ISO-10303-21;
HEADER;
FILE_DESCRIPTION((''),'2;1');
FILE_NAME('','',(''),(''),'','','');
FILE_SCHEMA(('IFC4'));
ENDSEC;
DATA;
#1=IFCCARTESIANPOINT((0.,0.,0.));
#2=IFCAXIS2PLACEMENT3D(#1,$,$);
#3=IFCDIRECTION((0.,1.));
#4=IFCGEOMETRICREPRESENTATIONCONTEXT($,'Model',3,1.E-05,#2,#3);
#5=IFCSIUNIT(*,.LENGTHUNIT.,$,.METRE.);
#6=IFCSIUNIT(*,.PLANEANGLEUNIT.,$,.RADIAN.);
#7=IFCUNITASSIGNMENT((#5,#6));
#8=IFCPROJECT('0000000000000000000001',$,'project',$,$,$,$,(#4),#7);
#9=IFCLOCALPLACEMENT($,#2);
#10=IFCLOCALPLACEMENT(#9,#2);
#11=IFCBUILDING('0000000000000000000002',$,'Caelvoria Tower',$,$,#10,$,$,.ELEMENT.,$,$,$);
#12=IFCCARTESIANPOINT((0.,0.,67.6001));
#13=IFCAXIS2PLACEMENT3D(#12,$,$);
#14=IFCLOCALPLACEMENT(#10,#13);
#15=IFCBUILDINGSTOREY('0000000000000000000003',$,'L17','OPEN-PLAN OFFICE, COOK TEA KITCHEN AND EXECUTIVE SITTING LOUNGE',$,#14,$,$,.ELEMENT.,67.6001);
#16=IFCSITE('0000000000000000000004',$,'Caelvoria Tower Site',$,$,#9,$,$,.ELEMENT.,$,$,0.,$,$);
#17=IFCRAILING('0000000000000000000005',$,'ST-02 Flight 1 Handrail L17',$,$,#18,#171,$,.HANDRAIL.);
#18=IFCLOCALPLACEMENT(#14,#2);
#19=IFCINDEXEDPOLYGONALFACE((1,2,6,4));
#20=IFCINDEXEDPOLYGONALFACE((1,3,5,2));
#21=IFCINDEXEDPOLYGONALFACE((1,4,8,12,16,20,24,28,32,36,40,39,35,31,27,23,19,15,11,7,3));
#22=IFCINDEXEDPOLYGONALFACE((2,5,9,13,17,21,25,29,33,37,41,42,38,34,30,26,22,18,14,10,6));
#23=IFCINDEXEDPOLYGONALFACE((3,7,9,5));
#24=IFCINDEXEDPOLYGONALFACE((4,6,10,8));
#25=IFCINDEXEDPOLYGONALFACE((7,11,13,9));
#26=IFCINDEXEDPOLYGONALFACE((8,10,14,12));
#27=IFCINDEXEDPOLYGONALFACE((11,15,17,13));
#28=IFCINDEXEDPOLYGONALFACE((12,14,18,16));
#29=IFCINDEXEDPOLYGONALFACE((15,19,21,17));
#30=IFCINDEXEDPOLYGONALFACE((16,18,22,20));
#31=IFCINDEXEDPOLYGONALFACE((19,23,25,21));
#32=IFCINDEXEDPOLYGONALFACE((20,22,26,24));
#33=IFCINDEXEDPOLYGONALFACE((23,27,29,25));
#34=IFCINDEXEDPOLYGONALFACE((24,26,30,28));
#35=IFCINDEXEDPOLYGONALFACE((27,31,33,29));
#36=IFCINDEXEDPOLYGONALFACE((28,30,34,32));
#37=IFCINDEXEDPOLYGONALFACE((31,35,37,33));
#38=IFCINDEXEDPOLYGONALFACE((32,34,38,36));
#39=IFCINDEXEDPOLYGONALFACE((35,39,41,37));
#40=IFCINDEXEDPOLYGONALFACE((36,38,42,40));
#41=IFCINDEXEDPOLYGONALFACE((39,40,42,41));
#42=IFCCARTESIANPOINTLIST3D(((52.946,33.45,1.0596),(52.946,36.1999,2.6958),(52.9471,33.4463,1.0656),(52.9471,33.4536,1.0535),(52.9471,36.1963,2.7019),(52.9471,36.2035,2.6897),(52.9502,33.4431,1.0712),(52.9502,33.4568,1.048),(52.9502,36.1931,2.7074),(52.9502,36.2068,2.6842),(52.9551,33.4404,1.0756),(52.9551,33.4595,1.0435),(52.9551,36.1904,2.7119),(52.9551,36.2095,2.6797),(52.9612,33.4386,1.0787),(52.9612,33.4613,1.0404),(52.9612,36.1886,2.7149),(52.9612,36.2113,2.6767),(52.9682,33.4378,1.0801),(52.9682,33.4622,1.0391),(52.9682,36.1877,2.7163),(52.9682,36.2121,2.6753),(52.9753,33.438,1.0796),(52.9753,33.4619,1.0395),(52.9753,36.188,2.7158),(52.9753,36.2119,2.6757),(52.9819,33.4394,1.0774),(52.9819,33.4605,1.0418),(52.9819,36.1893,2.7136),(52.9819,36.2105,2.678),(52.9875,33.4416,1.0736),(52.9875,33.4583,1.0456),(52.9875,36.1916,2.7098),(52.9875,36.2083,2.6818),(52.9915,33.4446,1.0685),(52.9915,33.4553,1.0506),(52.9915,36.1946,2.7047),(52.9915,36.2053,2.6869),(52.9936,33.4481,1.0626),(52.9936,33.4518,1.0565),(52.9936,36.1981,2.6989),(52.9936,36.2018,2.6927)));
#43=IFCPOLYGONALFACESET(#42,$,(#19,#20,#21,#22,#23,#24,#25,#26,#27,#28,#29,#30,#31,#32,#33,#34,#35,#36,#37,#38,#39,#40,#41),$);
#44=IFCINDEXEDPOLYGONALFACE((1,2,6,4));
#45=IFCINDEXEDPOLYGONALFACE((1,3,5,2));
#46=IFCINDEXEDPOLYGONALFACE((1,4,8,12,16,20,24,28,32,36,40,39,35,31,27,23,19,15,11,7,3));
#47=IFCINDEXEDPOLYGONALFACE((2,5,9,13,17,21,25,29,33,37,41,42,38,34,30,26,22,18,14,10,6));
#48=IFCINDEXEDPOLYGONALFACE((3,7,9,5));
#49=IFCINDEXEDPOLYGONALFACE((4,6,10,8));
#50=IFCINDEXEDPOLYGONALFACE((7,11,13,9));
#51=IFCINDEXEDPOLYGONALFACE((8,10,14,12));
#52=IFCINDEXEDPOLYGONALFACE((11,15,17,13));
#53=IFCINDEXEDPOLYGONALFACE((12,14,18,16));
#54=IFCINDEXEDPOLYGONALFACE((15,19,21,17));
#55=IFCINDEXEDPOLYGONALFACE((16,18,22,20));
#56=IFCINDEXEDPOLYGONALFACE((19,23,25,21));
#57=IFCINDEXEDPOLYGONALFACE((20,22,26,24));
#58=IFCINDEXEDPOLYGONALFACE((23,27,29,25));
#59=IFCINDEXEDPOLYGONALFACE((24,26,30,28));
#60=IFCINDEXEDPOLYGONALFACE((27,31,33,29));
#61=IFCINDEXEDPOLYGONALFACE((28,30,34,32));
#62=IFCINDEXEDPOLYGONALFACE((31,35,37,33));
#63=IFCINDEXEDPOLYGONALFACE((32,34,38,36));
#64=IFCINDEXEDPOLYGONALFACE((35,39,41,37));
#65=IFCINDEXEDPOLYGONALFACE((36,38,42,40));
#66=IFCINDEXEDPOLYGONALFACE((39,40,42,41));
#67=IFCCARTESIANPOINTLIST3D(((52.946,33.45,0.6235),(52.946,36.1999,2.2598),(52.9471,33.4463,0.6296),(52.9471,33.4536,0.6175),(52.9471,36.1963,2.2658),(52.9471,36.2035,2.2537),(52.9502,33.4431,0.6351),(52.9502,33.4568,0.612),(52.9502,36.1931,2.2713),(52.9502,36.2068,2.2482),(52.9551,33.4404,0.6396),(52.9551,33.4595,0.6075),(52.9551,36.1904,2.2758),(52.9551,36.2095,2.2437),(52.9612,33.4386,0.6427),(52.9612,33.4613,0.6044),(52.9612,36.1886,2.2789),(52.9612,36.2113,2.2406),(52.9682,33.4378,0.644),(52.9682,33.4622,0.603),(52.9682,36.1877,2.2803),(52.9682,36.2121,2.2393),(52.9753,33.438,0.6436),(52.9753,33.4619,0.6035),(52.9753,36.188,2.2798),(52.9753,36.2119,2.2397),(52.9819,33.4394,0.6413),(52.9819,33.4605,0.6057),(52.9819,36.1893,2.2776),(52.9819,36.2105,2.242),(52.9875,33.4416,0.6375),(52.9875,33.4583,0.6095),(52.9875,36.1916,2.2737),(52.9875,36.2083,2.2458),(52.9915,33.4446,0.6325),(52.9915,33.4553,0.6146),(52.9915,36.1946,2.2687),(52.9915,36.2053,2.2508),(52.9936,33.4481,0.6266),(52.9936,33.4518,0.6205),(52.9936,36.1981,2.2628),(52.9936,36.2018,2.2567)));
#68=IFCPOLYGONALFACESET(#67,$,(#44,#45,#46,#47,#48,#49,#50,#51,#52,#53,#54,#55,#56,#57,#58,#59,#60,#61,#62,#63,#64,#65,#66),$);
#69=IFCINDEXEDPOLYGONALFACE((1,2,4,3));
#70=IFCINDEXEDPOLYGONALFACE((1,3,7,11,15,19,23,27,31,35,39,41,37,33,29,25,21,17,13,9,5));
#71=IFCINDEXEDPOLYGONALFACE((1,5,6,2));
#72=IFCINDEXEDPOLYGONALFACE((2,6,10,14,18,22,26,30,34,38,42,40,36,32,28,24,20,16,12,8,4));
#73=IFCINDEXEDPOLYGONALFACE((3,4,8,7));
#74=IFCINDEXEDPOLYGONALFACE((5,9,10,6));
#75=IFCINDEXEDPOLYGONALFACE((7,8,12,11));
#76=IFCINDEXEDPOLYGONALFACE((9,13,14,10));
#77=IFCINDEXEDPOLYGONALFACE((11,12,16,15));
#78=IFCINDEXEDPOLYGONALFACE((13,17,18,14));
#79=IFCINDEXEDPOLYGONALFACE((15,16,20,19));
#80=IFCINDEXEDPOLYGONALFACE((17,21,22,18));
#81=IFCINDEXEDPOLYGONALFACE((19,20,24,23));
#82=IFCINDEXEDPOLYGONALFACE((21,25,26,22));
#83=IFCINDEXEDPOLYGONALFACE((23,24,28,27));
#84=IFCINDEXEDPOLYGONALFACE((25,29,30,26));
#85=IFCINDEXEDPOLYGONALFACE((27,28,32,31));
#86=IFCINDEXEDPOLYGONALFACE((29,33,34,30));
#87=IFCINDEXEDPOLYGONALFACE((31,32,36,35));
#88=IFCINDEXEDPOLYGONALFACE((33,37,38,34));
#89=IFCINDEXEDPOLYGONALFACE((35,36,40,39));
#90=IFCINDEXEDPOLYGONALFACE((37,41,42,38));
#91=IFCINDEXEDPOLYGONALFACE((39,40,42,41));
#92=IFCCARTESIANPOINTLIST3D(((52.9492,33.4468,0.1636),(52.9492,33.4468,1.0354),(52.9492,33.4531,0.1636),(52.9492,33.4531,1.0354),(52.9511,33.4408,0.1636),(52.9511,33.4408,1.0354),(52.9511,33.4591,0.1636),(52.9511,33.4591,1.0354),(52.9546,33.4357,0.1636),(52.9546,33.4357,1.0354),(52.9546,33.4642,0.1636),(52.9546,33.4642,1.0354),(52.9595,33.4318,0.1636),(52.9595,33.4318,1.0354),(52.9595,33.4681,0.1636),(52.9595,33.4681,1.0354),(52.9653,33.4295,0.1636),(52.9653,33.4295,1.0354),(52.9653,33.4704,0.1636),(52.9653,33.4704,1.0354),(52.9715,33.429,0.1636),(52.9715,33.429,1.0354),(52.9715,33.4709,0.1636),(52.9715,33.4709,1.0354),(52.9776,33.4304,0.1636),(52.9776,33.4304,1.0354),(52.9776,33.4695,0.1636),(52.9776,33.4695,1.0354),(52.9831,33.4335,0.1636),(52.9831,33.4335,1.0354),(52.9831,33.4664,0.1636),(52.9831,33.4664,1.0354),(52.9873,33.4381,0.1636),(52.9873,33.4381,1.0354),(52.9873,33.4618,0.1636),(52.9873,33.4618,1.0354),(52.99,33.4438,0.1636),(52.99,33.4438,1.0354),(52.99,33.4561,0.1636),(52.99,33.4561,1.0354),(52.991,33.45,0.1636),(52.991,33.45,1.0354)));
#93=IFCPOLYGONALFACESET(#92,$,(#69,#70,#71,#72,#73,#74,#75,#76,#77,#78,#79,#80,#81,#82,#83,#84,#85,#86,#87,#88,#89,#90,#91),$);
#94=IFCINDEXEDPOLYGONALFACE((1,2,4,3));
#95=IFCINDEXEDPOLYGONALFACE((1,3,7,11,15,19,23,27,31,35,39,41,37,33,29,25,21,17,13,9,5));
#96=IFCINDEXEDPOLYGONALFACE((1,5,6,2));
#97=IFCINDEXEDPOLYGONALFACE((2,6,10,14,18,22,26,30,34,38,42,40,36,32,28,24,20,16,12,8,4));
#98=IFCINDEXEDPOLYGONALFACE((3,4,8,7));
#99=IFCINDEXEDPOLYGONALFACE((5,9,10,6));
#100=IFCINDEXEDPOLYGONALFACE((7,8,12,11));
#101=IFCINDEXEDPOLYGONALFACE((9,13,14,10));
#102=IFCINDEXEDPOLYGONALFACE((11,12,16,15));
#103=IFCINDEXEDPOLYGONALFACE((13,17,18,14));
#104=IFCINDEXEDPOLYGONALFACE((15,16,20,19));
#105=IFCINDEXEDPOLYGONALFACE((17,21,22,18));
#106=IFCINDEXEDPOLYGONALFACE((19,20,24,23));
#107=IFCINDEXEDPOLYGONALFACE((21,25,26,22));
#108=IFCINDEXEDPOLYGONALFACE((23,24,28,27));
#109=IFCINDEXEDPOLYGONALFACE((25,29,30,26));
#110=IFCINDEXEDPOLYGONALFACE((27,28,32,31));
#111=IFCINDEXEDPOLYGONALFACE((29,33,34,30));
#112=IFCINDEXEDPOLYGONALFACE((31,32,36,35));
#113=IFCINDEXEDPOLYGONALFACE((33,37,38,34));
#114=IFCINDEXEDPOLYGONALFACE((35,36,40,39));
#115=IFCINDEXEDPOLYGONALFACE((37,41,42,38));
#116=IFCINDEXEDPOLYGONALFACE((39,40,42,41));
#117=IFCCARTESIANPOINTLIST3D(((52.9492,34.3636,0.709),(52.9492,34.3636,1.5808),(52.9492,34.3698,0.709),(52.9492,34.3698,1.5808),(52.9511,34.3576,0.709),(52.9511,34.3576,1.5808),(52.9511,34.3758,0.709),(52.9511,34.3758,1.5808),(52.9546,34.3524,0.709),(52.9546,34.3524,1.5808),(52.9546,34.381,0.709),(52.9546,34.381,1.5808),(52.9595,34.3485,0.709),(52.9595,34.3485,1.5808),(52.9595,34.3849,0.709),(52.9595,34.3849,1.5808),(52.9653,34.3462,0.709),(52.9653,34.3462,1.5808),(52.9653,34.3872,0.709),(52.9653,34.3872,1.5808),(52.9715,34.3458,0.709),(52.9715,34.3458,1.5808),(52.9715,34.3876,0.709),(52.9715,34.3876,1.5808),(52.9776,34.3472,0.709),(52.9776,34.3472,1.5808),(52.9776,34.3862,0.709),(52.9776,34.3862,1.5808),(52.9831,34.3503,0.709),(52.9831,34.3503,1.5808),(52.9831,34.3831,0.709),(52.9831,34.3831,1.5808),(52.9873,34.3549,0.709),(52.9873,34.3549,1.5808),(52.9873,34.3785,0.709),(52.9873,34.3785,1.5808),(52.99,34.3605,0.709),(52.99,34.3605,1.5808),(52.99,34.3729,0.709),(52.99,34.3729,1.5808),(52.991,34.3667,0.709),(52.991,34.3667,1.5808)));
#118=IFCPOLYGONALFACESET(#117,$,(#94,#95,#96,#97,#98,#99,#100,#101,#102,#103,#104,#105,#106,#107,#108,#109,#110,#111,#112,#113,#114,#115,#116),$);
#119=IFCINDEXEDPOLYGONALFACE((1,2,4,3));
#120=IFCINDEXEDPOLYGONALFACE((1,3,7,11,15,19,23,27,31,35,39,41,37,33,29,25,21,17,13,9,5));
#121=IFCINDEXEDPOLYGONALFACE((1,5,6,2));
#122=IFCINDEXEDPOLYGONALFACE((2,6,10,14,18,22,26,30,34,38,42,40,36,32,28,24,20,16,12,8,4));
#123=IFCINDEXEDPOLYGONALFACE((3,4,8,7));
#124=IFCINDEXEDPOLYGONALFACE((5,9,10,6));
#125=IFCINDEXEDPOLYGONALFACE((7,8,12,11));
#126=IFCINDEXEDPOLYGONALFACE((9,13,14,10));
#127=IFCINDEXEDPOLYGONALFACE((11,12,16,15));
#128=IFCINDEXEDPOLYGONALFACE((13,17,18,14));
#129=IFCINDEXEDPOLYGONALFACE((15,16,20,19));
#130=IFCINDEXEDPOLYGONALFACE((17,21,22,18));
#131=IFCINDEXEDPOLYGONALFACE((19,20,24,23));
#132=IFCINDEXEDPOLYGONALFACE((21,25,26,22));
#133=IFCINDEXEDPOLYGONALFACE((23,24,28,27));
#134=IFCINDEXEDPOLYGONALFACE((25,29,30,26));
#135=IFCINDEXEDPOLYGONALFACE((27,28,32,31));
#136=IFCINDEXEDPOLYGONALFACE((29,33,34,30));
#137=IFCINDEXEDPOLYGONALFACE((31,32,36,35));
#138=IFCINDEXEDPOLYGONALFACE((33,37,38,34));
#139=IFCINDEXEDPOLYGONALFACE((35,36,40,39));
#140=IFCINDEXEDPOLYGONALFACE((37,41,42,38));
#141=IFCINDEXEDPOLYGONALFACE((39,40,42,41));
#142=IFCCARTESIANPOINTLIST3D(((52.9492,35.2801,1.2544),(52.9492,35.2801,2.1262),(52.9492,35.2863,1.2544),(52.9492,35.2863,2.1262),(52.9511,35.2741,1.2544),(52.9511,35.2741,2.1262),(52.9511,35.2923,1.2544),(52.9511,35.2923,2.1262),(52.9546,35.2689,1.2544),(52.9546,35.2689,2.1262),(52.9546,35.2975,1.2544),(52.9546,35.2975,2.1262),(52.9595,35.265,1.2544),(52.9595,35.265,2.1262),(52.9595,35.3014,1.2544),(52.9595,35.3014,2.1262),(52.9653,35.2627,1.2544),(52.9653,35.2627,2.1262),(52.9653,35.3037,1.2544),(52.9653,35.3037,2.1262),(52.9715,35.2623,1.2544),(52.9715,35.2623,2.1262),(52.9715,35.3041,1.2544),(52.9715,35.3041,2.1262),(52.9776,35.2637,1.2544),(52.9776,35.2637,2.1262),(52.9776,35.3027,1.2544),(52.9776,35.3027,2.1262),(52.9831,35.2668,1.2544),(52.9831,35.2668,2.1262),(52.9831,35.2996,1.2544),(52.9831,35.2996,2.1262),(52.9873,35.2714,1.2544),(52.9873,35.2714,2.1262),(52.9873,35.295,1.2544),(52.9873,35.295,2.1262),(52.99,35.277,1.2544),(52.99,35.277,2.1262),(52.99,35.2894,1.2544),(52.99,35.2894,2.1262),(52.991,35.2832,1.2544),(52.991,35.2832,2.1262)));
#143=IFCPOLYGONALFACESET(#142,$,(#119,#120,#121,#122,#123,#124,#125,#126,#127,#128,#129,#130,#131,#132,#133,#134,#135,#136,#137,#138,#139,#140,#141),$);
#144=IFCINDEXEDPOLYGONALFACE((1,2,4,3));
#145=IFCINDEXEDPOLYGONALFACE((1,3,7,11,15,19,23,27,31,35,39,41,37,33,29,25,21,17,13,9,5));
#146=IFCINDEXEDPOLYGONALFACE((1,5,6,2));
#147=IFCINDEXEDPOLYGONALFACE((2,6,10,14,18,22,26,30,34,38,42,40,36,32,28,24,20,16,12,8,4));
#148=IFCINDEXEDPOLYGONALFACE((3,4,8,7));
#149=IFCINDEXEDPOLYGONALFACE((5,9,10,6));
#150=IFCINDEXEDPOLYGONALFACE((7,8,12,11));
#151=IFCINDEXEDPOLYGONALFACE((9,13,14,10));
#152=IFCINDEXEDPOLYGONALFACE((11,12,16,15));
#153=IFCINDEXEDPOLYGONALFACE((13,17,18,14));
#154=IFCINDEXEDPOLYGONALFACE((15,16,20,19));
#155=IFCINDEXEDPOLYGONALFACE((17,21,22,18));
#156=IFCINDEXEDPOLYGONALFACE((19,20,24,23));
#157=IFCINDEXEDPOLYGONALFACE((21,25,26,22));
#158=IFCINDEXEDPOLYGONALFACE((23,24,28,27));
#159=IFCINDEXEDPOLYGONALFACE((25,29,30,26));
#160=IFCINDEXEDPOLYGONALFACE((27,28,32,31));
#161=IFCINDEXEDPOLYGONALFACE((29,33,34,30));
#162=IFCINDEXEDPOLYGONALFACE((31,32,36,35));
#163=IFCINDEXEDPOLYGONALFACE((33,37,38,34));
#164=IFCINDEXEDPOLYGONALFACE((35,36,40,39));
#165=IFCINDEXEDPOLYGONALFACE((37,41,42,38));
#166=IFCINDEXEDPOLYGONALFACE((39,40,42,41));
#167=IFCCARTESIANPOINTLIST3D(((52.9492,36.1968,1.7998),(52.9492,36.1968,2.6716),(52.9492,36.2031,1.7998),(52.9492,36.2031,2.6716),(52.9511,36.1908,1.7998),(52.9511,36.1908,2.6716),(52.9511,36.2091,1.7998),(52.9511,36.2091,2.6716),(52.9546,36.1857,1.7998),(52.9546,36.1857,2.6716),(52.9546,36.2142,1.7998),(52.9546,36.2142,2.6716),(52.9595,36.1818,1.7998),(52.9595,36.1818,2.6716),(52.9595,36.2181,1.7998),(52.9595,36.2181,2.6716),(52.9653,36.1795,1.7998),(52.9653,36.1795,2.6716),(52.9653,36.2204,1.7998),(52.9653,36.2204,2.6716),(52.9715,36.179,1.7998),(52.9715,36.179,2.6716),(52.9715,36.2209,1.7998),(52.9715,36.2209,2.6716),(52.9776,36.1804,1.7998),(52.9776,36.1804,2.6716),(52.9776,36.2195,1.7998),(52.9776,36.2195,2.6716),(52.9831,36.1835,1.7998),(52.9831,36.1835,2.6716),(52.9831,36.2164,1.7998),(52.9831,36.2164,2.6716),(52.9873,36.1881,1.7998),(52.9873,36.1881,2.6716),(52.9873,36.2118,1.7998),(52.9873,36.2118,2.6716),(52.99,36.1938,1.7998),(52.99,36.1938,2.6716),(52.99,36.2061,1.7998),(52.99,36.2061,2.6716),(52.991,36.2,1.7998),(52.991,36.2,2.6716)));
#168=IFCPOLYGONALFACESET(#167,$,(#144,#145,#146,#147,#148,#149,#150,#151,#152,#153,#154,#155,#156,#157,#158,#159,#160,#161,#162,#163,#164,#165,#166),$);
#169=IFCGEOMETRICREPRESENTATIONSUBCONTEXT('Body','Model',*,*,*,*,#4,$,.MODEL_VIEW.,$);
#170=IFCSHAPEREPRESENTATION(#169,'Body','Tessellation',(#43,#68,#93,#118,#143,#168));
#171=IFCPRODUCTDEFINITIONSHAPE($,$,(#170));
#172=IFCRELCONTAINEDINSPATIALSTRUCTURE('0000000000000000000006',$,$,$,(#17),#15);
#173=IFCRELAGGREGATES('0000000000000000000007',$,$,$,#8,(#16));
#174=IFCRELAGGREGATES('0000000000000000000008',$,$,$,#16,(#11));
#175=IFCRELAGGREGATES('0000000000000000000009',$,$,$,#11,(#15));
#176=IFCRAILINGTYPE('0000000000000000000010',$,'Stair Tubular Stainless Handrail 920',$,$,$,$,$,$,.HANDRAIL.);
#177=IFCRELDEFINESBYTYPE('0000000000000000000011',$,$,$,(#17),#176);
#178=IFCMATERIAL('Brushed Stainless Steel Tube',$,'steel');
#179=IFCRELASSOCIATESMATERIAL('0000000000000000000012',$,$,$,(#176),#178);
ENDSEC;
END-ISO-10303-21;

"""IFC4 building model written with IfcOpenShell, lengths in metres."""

from ifc_helpers import new_model, si_unit, direction, frame, origin, origin_2d, place, context, subcontext, project, spatial, circle, extrude, material, type_object, element, save


model = new_model("IFC4")

# Units and contexts
model_context = context("Model", 3, precision=1e-05, world=origin(), true_north=direction((0.0, 1.0)))
body_context = subcontext(model_context, "Body", "Model", "MODEL_VIEW")
ifc_project = project(units=[si_unit("LENGTHUNIT", "METRE"), si_unit("PLANEANGLEUNIT", "RADIAN")], contexts=[model_context])

# Site, building, storey
site_placement = place(None, origin())
site = spatial("IfcSite", under=ifc_project, at=site_placement, Name="Caelvoria Tower Site", CompositionType="ELEMENT", RefElevation=0.0)
building_placement = place(site_placement, origin())
building = spatial("IfcBuilding", under=site, at=building_placement, Name="Caelvoria Tower", CompositionType="ELEMENT")
storey_placement = place(building_placement, frame((0.0, 0.0, 67.6001)))
storey = spatial("IfcBuildingStorey", under=building, at=storey_placement, Name="L17", Description="OPEN-PLAN OFFICE, COOK TEA KITCHEN AND EXECUTIVE SITTING LOUNGE", CompositionType="ELEMENT", Elevation=67.6001)

# Railing
ifc_material_1 = material(Name="Brushed Stainless Steel Tube", Category="steel")
railing_type_1 = type_object("IfcRailingType", Name="Stair Tubular Stainless Handrail 920", PredefinedType="HANDRAIL", material=ifc_material_1)
railing_1_placement = place(storey_placement, frame((52.97, 33.45, 0.1636)))
element("IfcRailing", 1, at=railing_1_placement, inside=storey, type_object=railing_type_1, Name="ST-02 Flight 1 Handrail L17", PredefinedType="HANDRAIL", context=body_context, shape_type="SweptSolid", body=[
    extrude(circle(Radius=0.0239, at=origin_2d()), frame((0.0, 0.0, 0.896), z_axis=(0.0, 0.859385, 0.511328), x_axis=(-1.0, 0.0, 0.0)), (0.0, 0.0, 1.0), 3.2),
    extrude(circle(Radius=0.0239, at=origin_2d()), frame((0.0, 0.0, 0.46), z_axis=(0.0, 0.859385, 0.511328), x_axis=(-1.0, 0.0, 0.0)), (0.0, 0.0, 1.0), 3.2),
    extrude(circle(Radius=0.021, at=origin_2d()), origin(), (0.0, 0.0, 1.0), 0.8718),
    extrude(circle(Radius=0.021, at=origin_2d()), frame((0.0, 0.9167, 0.5454)), (0.0, 0.0, 1.0), 0.8718),
    extrude(circle(Radius=0.021, at=origin_2d()), frame((0.0, 1.8333, 1.0908)), (0.0, 0.0, 1.0), 0.8718),
    extrude(circle(Radius=0.021, at=origin_2d()), frame((0.0, 2.75, 1.6362)), (0.0, 0.0, 1.0), 0.8718),
])

save(model, "model.ifc")
